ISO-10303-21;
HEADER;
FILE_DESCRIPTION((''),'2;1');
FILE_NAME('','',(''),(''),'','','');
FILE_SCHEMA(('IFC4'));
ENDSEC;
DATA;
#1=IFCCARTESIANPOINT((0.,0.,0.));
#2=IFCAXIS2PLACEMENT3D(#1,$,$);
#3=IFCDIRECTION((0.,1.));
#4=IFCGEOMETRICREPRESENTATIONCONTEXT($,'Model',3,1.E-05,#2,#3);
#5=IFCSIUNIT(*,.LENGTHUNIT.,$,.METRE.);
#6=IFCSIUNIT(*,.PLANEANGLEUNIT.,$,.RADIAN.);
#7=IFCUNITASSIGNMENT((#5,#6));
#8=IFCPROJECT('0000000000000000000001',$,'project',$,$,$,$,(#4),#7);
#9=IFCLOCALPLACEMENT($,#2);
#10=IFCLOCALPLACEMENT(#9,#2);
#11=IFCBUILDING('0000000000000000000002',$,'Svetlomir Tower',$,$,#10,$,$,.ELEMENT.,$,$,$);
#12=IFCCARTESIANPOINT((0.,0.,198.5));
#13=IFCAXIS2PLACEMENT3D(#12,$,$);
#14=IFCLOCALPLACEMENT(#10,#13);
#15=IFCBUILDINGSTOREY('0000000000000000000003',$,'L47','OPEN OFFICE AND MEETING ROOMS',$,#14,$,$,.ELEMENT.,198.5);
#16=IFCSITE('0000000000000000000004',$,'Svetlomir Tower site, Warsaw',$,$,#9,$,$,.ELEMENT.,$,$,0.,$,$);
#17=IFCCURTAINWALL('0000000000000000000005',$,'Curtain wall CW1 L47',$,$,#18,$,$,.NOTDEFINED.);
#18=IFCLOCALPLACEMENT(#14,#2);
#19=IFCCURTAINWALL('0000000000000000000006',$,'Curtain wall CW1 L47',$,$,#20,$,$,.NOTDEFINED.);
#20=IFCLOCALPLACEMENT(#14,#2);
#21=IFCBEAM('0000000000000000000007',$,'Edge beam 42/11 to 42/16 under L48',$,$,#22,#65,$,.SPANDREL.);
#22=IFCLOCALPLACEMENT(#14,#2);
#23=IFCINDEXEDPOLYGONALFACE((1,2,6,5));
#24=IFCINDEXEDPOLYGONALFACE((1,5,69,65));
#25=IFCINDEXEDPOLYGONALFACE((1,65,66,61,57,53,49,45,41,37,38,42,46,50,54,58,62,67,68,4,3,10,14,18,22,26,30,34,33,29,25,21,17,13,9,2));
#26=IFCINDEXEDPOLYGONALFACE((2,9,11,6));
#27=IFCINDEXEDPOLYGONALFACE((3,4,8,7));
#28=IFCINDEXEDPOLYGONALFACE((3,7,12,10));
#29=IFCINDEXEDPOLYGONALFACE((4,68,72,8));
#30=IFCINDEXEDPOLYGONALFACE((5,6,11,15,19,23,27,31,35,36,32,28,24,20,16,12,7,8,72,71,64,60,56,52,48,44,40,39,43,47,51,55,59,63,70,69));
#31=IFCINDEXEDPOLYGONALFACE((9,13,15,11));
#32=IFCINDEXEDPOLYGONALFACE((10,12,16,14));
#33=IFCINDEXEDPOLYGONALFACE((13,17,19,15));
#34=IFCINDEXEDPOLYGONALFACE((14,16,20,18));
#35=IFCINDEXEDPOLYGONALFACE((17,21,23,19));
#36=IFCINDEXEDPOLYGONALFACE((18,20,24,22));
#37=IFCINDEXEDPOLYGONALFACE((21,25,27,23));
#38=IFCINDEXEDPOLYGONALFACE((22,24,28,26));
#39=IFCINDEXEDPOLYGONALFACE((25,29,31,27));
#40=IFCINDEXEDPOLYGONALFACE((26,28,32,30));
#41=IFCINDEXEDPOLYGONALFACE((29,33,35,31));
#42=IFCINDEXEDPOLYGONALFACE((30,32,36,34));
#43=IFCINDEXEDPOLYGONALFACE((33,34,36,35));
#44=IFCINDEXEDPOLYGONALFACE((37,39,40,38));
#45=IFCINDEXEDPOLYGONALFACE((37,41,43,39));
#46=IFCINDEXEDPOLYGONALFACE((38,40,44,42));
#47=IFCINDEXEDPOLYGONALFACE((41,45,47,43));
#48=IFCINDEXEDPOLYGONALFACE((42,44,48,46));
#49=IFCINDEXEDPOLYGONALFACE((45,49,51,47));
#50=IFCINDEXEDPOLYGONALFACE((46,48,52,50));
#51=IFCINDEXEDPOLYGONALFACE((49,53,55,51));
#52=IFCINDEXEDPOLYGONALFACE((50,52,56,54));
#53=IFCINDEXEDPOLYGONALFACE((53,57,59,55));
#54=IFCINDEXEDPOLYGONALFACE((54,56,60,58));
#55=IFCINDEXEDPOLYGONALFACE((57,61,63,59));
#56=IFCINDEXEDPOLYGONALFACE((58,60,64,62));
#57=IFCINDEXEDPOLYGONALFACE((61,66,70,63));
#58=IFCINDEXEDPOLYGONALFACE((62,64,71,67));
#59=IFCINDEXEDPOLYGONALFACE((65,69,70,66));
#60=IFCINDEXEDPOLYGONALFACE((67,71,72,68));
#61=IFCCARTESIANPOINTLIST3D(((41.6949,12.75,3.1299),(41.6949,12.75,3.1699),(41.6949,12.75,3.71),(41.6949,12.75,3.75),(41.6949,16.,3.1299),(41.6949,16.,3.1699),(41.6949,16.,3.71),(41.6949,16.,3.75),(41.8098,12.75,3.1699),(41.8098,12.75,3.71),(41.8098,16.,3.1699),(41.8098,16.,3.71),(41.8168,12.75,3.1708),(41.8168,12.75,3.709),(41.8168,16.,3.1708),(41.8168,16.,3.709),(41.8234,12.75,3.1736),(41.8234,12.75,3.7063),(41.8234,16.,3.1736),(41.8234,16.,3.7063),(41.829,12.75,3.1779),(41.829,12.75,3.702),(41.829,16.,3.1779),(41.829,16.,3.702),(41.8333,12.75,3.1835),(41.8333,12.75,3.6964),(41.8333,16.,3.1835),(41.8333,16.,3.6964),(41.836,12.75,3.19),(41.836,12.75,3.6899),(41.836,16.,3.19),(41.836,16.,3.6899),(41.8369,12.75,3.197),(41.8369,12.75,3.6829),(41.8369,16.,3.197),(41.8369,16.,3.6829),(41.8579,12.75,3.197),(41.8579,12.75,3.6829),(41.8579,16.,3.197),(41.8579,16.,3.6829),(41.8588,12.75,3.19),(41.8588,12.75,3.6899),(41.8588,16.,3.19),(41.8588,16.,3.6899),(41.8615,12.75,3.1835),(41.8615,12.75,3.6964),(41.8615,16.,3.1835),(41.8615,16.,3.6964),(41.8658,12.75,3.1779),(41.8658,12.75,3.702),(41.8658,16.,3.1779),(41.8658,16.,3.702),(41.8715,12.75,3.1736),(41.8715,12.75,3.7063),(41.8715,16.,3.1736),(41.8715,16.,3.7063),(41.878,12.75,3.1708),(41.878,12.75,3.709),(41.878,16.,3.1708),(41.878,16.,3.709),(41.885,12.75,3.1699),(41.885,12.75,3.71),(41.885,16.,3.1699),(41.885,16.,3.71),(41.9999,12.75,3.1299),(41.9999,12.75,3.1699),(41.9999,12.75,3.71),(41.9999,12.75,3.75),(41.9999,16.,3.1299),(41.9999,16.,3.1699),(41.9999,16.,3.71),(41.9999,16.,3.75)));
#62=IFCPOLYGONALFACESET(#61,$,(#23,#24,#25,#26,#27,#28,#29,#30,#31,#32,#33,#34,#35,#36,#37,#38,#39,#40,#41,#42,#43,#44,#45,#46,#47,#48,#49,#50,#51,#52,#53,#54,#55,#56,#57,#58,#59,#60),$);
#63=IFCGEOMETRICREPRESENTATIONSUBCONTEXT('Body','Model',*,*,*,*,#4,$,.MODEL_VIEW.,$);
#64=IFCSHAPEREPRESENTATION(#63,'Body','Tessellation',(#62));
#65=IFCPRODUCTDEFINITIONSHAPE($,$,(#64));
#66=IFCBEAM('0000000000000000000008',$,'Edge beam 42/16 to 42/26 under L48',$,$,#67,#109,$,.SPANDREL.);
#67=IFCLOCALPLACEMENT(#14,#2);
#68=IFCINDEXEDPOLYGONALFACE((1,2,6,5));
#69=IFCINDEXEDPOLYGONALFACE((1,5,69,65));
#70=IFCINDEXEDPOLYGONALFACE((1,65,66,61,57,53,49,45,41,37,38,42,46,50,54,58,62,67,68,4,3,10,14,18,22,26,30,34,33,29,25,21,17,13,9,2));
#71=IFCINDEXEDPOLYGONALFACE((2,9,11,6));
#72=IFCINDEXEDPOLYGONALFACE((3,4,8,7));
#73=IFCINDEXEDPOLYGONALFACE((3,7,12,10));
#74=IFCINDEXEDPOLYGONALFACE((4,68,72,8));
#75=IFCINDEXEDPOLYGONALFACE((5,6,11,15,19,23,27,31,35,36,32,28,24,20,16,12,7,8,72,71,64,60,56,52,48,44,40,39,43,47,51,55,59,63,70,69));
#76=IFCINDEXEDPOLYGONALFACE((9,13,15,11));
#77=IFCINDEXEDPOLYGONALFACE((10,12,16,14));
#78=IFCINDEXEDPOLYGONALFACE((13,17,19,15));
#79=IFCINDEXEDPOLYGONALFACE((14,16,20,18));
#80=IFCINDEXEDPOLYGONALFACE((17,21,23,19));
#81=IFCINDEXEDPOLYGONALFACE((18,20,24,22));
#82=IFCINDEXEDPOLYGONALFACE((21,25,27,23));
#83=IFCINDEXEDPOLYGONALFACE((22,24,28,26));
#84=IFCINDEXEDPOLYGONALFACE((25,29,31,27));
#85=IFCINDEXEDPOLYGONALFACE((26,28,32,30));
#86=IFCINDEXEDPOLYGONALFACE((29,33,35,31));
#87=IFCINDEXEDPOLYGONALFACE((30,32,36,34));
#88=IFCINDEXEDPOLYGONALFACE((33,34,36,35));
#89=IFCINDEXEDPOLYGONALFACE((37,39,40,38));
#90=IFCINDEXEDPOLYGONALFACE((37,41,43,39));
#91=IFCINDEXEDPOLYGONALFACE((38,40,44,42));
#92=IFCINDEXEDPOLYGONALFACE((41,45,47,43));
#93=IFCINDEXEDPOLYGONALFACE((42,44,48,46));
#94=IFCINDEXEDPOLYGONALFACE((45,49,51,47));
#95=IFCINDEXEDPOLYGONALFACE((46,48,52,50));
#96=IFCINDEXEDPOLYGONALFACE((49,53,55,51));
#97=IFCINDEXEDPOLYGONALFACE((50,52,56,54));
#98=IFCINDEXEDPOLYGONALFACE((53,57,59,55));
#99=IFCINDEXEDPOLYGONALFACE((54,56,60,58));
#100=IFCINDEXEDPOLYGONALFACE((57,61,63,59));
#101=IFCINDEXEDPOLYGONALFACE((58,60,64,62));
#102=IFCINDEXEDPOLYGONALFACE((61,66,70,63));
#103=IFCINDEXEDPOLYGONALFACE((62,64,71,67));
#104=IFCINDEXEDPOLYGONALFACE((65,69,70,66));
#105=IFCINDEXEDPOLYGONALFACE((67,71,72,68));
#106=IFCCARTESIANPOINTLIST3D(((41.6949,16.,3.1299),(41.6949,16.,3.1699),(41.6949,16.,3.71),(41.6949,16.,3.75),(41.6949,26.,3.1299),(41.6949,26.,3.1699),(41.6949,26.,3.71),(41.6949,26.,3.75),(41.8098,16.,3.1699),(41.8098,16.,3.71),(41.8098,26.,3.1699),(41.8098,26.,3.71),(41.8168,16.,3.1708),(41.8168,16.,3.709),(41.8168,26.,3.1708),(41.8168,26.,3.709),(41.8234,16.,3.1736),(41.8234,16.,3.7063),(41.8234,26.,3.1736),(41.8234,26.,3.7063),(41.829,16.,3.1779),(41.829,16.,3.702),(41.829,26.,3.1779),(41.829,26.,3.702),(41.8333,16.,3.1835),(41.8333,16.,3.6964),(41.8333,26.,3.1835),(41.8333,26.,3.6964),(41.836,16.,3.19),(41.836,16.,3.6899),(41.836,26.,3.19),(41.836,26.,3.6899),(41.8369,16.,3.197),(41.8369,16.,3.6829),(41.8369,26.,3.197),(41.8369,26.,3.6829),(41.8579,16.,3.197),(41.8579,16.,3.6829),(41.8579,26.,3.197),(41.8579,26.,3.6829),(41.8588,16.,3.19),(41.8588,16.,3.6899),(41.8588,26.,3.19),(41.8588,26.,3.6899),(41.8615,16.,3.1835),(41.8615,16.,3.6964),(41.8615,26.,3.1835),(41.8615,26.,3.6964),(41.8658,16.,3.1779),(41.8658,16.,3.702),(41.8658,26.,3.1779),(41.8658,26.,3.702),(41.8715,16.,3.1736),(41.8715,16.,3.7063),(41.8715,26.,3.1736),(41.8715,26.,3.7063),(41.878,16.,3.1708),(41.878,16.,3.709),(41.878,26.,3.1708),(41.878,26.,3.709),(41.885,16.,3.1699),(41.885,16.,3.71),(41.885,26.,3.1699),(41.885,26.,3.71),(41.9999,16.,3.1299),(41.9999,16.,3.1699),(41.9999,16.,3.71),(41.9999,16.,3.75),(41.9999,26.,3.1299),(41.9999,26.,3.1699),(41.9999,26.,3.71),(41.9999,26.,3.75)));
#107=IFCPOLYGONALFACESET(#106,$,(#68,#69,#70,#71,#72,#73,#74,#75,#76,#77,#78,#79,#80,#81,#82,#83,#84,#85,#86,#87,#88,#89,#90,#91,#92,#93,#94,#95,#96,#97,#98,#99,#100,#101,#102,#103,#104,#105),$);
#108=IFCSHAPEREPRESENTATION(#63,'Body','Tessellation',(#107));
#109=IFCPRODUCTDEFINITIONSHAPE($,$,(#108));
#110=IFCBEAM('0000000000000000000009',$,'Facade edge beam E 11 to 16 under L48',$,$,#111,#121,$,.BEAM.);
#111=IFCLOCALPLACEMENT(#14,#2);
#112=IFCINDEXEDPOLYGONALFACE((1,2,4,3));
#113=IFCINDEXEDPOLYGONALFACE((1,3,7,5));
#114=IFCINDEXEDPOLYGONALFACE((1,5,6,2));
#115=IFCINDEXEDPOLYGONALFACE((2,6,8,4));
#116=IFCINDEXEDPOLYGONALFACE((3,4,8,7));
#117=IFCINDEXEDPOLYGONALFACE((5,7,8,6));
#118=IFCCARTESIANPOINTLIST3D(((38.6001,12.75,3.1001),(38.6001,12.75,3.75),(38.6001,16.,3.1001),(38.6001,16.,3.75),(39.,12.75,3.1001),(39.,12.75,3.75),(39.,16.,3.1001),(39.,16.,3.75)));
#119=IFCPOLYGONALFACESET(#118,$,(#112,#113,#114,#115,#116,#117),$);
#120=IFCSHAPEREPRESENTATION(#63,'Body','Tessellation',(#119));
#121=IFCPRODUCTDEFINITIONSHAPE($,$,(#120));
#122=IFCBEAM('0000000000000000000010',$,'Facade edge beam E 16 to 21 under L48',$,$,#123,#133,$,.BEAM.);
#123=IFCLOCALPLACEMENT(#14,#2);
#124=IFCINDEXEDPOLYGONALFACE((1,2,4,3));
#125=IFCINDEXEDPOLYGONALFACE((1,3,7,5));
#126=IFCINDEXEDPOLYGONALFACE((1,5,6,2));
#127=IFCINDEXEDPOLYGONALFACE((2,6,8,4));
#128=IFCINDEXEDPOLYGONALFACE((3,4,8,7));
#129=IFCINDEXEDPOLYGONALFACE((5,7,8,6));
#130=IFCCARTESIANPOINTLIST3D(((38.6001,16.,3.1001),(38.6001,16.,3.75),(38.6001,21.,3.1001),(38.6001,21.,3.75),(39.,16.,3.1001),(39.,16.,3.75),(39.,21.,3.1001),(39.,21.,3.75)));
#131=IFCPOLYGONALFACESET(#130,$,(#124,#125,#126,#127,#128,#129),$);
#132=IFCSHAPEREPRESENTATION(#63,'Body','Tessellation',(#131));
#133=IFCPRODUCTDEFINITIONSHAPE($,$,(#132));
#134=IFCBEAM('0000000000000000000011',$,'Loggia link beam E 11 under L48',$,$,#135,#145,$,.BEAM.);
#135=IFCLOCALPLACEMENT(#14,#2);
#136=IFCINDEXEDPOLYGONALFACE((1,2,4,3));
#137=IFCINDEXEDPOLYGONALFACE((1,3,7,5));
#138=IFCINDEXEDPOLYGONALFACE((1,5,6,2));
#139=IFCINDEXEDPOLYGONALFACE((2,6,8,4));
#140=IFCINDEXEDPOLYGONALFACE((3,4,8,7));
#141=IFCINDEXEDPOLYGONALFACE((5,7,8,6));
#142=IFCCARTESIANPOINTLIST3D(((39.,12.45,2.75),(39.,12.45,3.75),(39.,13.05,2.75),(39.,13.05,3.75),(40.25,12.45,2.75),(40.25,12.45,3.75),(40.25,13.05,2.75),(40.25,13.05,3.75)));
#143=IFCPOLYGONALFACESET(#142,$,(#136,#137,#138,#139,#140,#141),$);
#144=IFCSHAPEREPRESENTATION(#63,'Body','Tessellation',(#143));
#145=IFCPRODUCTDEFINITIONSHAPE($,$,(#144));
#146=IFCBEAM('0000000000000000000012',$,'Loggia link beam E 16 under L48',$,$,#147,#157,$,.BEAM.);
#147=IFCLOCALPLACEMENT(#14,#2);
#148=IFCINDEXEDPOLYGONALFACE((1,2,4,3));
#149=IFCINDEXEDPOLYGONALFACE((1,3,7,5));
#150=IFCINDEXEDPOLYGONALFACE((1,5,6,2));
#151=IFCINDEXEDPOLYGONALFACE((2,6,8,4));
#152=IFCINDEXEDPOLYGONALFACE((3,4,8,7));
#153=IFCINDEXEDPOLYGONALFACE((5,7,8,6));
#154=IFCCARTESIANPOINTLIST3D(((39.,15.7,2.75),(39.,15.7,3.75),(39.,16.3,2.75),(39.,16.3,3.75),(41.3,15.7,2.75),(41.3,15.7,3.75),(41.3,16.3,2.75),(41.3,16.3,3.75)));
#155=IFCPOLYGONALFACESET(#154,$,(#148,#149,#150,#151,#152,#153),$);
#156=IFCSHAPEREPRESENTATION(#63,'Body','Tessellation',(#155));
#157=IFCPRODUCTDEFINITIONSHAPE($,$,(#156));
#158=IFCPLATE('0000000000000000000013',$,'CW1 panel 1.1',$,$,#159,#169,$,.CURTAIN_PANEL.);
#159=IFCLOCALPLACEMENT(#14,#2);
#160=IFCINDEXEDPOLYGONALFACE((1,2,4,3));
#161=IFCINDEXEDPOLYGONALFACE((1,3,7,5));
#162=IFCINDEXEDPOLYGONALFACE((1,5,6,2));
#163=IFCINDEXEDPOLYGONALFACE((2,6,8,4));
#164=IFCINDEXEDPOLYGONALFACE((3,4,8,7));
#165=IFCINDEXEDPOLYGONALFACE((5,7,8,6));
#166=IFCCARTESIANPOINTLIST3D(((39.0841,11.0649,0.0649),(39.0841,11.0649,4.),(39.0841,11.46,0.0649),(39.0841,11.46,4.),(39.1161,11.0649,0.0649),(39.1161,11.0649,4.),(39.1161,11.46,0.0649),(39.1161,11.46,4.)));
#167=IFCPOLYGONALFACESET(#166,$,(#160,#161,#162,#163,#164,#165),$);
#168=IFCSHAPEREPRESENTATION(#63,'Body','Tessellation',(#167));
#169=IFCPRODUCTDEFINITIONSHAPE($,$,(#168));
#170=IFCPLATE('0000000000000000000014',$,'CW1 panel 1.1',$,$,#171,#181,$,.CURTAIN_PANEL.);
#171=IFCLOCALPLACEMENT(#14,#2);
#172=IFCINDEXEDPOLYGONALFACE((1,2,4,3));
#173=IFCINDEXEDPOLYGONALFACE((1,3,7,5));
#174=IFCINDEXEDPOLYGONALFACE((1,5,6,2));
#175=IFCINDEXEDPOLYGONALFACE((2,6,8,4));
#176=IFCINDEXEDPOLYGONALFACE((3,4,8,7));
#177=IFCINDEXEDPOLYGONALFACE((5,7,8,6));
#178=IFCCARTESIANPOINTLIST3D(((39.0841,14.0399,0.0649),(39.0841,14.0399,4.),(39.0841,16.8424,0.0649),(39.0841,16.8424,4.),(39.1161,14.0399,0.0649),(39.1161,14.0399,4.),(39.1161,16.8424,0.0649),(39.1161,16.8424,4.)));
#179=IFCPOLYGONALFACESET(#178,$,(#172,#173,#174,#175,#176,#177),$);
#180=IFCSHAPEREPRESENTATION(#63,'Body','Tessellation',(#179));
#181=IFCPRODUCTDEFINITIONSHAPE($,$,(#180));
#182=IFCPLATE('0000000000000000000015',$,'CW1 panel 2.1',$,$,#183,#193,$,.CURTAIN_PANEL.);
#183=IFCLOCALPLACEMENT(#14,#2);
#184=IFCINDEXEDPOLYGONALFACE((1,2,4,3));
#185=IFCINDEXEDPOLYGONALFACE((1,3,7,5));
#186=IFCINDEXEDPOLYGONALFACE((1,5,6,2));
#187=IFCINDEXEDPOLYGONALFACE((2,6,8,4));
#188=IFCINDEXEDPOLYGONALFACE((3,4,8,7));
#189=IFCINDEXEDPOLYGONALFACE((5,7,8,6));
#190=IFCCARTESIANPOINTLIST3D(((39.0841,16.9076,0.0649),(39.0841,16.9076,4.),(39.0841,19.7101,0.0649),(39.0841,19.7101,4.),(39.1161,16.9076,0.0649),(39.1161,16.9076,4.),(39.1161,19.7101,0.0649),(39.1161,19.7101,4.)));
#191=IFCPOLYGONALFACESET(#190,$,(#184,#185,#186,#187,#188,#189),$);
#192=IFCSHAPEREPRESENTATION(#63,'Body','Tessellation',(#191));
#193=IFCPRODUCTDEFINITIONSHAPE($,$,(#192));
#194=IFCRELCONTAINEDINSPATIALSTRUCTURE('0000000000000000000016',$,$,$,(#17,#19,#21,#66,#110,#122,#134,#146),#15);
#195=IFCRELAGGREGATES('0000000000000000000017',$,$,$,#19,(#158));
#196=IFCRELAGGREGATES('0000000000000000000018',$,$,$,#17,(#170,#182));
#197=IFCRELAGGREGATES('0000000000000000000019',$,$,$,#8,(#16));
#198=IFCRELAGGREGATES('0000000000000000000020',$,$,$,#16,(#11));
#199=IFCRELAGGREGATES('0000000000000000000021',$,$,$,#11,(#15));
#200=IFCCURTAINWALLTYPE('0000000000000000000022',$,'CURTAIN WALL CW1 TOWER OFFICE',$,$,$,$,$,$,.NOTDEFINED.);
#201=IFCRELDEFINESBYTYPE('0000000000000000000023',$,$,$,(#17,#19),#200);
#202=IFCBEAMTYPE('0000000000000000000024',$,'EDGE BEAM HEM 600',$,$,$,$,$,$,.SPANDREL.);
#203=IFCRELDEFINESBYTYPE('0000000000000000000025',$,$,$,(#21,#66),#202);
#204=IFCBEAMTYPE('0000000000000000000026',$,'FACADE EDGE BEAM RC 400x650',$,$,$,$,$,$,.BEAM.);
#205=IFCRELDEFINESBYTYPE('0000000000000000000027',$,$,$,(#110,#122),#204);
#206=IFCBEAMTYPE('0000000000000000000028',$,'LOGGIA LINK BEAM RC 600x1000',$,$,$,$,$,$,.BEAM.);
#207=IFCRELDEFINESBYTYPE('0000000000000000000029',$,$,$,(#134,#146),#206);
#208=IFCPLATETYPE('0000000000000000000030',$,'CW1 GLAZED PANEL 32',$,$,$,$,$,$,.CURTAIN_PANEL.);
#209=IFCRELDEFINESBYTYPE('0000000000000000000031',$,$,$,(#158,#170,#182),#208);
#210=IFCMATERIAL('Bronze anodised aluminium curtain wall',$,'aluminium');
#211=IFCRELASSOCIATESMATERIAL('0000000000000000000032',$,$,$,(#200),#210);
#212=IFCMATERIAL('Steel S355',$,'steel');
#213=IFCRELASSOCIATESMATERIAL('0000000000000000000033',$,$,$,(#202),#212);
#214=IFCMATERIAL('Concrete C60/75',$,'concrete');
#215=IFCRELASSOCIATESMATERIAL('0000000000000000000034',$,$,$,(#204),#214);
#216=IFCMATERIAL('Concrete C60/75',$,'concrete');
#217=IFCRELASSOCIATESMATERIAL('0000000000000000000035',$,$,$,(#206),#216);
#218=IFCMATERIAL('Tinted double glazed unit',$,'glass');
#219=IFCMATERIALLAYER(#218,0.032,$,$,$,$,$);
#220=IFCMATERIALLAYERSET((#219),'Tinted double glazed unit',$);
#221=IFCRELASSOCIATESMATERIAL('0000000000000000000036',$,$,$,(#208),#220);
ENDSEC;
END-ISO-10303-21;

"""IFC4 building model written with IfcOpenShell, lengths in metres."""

from ifc_helpers import new_model, si_unit, direction, frame, origin, origin_2d, place, context, subcontext, project, spatial, rectangle, i_section, extrude, material, layer, layer_set, material_profile, profile_set, type_object, element, aggregate, save


model = new_model("IFC4")

# Units and contexts
model_context = context("Model", 3, precision=1e-05, world=origin(), true_north=direction((0.0, 1.0)))
body_context = subcontext(model_context, "Body", "Model", "MODEL_VIEW")
ifc_project = project(units=[si_unit("LENGTHUNIT", "METRE"), si_unit("PLANEANGLEUNIT", "RADIAN")], contexts=[model_context])

# Site, building, storey
site_placement = place(None, origin())
site = spatial("IfcSite", under=ifc_project, at=site_placement, Name="Svetlomir Tower site, Warsaw", CompositionType="ELEMENT", RefElevation=0.0)
building_placement = place(site_placement, origin())
building = spatial("IfcBuilding", under=site, at=building_placement, Name="Svetlomir Tower", CompositionType="ELEMENT")
storey_placement = place(building_placement, frame((0.0, 0.0, 198.5)))
storey = spatial("IfcBuildingStorey", under=building, at=storey_placement, Name="L47", Description="OPEN OFFICE AND MEETING ROOMS", CompositionType="ELEMENT", Elevation=198.5)

# Curtain wall
ifc_material_1 = material(Name="Bronze anodised aluminium curtain wall", Category="aluminium")
curtain_wall_type = type_object("IfcCurtainWallType", Name="CURTAIN WALL CW1 TOWER OFFICE", PredefinedType="NOTDEFINED", material=ifc_material_1)
curtain_wall_1_placement = place(storey_placement, origin())
curtain_wall_1 = element("IfcCurtainWall", 1, at=curtain_wall_1_placement, inside=storey, type_object=curtain_wall_type, Name="Curtain wall CW1 L47", PredefinedType="NOTDEFINED")

# Curtain wall
curtain_wall_2_placement = place(storey_placement, origin())
curtain_wall_2 = element("IfcCurtainWall", 2, at=curtain_wall_2_placement, inside=storey, type_object=curtain_wall_type, Name="Curtain wall CW1 L47", PredefinedType="NOTDEFINED")

# Beams
ifc_material_2 = material(Name="Steel S355", Category="steel")
ifc_material_profile_1 = material_profile(ifc_material_2, i_section(OverallWidth=0.3049, OverallDepth=0.6201, WebThickness=0.021, FlangeThickness=0.04, FilletRadius=0.0271, at=origin_2d()), Name="HEM 600")
ifc_profile_set_1 = profile_set([ifc_material_profile_1], Name="Steel S355")
beam_type_1 = type_object("IfcBeamType", Name="EDGE BEAM HEM 600", PredefinedType="SPANDREL", material=ifc_profile_set_1)
beam_1_placement = place(storey_placement, frame((41.8474, 12.75, 3.4399), z_axis=(0.0, 1.0, 0.0), x_axis=(-1.0, 0.0, 0.0)))
element("IfcBeam", 3, at=beam_1_placement, inside=storey, type_object=beam_type_1, Name="Edge beam 42/11 to 42/16 under L48", PredefinedType="SPANDREL", context=body_context, shape_type="SweptSolid", body=[
    extrude(i_section(OverallWidth=0.3049, OverallDepth=0.6201, WebThickness=0.021, FlangeThickness=0.04, FilletRadius=0.0271, at=origin_2d()), origin(), (0.0, 0.0, 1.0), 3.25),
])
beam_2_placement = place(storey_placement, frame((41.8474, 16.0, 3.4399), z_axis=(0.0, 1.0, 0.0), x_axis=(-1.0, 0.0, 0.0)))
element("IfcBeam", 4, at=beam_2_placement, inside=storey, type_object=beam_type_1, Name="Edge beam 42/16 to 42/26 under L48", PredefinedType="SPANDREL", context=body_context, shape_type="SweptSolid", body=[
    extrude(i_section(OverallWidth=0.3049, OverallDepth=0.6201, WebThickness=0.021, FlangeThickness=0.04, FilletRadius=0.0271, at=origin_2d()), origin(), (0.0, 0.0, 1.0), 10.0),
])
ifc_material_3 = material(Name="Concrete C60/75", Category="concrete")
ifc_material_profile_2 = material_profile(ifc_material_3, rectangle(XDim=0.3999, YDim=0.6499, at=origin_2d()), Name="RC 400x650")
ifc_profile_set_2 = profile_set([ifc_material_profile_2], Name="Concrete C60/75")
beam_type_2 = type_object("IfcBeamType", Name="FACADE EDGE BEAM RC 400x650", PredefinedType="BEAM", material=ifc_profile_set_2)
beam_3_placement = place(storey_placement, frame((38.8, 12.75, 3.425), z_axis=(0.0, 1.0, 0.0), x_axis=(-1.0, 0.0, 0.0)))
element("IfcBeam", 5, at=beam_3_placement, inside=storey, type_object=beam_type_2, Name="Facade edge beam E 11 to 16 under L48", PredefinedType="BEAM", context=body_context, shape_type="SweptSolid", body=[
    extrude(rectangle(XDim=0.3999, YDim=0.6499, at=origin_2d()), origin(), (0.0, 0.0, 1.0), 3.25),
])
beam_4_placement = place(storey_placement, frame((38.8, 16.0, 3.425), z_axis=(0.0, 1.0, 0.0), x_axis=(-1.0, 0.0, 0.0)))
element("IfcBeam", 6, at=beam_4_placement, inside=storey, type_object=beam_type_2, Name="Facade edge beam E 16 to 21 under L48", PredefinedType="BEAM", context=body_context, shape_type="SweptSolid", body=[
    extrude(rectangle(XDim=0.3999, YDim=0.6499, at=origin_2d()), origin(), (0.0, 0.0, 1.0), 5.0),
])
ifc_material_4 = material(Name="Concrete C60/75", Category="concrete")
ifc_material_profile_3 = material_profile(ifc_material_4, rectangle(XDim=0.6001, YDim=1.0, at=origin_2d()), Name="RC 600x1000")
ifc_profile_set_3 = profile_set([ifc_material_profile_3], Name="Concrete C60/75")
beam_type_3 = type_object("IfcBeamType", Name="LOGGIA LINK BEAM RC 600x1000", PredefinedType="BEAM", material=ifc_profile_set_3)
beam_5_placement = place(storey_placement, frame((40.25, 12.75, 3.25), z_axis=(-1.0, 0.0, 0.0), x_axis=(0.0, -1.0, 0.0)))
element("IfcBeam", 7, at=beam_5_placement, inside=storey, type_object=beam_type_3, Name="Loggia link beam E 11 under L48", PredefinedType="BEAM", context=body_context, shape_type="SweptSolid", body=[
    extrude(rectangle(XDim=0.6001, YDim=1.0, at=origin_2d()), origin(), (0.0, 0.0, 1.0), 1.25),
])
beam_6_placement = place(storey_placement, frame((41.3, 16.0, 3.25), z_axis=(-1.0, 0.0, 0.0), x_axis=(0.0, -1.0, 0.0)))
element("IfcBeam", 8, at=beam_6_placement, inside=storey, type_object=beam_type_3, Name="Loggia link beam E 16 under L48", PredefinedType="BEAM", context=body_context, shape_type="SweptSolid", body=[
    extrude(rectangle(XDim=0.6001, YDim=1.0, at=origin_2d()), origin(), (0.0, 0.0, 1.0), 2.3),
])

# Plates
ifc_material_5 = material(Name="Tinted double glazed unit", Category="glass")
ifc_layer_1 = layer(ifc_material_5, 0.032)
ifc_layer_set_1 = layer_set([ifc_layer_1], Name="Tinted double glazed unit")
plate_type = type_object("IfcPlateType", Name="CW1 GLAZED PANEL 32", PredefinedType="CURTAIN_PANEL", material=ifc_layer_set_1)
plate_1_placement = place(storey_placement, frame((39.1001, 11.2625, 0.0649), z_axis=(0.0, 0.0, 1.0), x_axis=(0.0, 1.0, 0.0)))
plate_1 = element("IfcPlate", 9, at=plate_1_placement, type_object=plate_type, Name="CW1 panel 1.1", PredefinedType="CURTAIN_PANEL", context=body_context, shape_type="SweptSolid", body=[
    extrude(rectangle(XDim=0.395, YDim=0.032, at=origin_2d()), origin(), (0.0, 0.0, 1.0), 3.9351),
])
aggregate(curtain_wall_2, [plate_1])
plate_2_placement = place(storey_placement, frame((39.1001, 15.4412, 0.0649), z_axis=(0.0, 0.0, 1.0), x_axis=(0.0, 1.0, 0.0)))
plate_2 = element("IfcPlate", 10, at=plate_2_placement, type_object=plate_type, Name="CW1 panel 1.1", PredefinedType="CURTAIN_PANEL", context=body_context, shape_type="SweptSolid", body=[
    extrude(rectangle(XDim=2.8025, YDim=0.032, at=origin_2d()), origin(), (0.0, 0.0, 1.0), 3.9351),
])
plate_3_placement = place(storey_placement, frame((39.1001, 18.3088, 0.0649), z_axis=(0.0, 0.0, 1.0), x_axis=(0.0, 1.0, 0.0)))
plate_3 = element("IfcPlate", 11, at=plate_3_placement, type_object=plate_type, Name="CW1 panel 2.1", PredefinedType="CURTAIN_PANEL", context=body_context, shape_type="SweptSolid", body=[
    extrude(rectangle(XDim=2.8025, YDim=0.032, at=origin_2d()), origin(), (0.0, 0.0, 1.0), 3.9351),
])
aggregate(curtain_wall_1, [plate_2, plate_3])

save(model, "model.ifc")
